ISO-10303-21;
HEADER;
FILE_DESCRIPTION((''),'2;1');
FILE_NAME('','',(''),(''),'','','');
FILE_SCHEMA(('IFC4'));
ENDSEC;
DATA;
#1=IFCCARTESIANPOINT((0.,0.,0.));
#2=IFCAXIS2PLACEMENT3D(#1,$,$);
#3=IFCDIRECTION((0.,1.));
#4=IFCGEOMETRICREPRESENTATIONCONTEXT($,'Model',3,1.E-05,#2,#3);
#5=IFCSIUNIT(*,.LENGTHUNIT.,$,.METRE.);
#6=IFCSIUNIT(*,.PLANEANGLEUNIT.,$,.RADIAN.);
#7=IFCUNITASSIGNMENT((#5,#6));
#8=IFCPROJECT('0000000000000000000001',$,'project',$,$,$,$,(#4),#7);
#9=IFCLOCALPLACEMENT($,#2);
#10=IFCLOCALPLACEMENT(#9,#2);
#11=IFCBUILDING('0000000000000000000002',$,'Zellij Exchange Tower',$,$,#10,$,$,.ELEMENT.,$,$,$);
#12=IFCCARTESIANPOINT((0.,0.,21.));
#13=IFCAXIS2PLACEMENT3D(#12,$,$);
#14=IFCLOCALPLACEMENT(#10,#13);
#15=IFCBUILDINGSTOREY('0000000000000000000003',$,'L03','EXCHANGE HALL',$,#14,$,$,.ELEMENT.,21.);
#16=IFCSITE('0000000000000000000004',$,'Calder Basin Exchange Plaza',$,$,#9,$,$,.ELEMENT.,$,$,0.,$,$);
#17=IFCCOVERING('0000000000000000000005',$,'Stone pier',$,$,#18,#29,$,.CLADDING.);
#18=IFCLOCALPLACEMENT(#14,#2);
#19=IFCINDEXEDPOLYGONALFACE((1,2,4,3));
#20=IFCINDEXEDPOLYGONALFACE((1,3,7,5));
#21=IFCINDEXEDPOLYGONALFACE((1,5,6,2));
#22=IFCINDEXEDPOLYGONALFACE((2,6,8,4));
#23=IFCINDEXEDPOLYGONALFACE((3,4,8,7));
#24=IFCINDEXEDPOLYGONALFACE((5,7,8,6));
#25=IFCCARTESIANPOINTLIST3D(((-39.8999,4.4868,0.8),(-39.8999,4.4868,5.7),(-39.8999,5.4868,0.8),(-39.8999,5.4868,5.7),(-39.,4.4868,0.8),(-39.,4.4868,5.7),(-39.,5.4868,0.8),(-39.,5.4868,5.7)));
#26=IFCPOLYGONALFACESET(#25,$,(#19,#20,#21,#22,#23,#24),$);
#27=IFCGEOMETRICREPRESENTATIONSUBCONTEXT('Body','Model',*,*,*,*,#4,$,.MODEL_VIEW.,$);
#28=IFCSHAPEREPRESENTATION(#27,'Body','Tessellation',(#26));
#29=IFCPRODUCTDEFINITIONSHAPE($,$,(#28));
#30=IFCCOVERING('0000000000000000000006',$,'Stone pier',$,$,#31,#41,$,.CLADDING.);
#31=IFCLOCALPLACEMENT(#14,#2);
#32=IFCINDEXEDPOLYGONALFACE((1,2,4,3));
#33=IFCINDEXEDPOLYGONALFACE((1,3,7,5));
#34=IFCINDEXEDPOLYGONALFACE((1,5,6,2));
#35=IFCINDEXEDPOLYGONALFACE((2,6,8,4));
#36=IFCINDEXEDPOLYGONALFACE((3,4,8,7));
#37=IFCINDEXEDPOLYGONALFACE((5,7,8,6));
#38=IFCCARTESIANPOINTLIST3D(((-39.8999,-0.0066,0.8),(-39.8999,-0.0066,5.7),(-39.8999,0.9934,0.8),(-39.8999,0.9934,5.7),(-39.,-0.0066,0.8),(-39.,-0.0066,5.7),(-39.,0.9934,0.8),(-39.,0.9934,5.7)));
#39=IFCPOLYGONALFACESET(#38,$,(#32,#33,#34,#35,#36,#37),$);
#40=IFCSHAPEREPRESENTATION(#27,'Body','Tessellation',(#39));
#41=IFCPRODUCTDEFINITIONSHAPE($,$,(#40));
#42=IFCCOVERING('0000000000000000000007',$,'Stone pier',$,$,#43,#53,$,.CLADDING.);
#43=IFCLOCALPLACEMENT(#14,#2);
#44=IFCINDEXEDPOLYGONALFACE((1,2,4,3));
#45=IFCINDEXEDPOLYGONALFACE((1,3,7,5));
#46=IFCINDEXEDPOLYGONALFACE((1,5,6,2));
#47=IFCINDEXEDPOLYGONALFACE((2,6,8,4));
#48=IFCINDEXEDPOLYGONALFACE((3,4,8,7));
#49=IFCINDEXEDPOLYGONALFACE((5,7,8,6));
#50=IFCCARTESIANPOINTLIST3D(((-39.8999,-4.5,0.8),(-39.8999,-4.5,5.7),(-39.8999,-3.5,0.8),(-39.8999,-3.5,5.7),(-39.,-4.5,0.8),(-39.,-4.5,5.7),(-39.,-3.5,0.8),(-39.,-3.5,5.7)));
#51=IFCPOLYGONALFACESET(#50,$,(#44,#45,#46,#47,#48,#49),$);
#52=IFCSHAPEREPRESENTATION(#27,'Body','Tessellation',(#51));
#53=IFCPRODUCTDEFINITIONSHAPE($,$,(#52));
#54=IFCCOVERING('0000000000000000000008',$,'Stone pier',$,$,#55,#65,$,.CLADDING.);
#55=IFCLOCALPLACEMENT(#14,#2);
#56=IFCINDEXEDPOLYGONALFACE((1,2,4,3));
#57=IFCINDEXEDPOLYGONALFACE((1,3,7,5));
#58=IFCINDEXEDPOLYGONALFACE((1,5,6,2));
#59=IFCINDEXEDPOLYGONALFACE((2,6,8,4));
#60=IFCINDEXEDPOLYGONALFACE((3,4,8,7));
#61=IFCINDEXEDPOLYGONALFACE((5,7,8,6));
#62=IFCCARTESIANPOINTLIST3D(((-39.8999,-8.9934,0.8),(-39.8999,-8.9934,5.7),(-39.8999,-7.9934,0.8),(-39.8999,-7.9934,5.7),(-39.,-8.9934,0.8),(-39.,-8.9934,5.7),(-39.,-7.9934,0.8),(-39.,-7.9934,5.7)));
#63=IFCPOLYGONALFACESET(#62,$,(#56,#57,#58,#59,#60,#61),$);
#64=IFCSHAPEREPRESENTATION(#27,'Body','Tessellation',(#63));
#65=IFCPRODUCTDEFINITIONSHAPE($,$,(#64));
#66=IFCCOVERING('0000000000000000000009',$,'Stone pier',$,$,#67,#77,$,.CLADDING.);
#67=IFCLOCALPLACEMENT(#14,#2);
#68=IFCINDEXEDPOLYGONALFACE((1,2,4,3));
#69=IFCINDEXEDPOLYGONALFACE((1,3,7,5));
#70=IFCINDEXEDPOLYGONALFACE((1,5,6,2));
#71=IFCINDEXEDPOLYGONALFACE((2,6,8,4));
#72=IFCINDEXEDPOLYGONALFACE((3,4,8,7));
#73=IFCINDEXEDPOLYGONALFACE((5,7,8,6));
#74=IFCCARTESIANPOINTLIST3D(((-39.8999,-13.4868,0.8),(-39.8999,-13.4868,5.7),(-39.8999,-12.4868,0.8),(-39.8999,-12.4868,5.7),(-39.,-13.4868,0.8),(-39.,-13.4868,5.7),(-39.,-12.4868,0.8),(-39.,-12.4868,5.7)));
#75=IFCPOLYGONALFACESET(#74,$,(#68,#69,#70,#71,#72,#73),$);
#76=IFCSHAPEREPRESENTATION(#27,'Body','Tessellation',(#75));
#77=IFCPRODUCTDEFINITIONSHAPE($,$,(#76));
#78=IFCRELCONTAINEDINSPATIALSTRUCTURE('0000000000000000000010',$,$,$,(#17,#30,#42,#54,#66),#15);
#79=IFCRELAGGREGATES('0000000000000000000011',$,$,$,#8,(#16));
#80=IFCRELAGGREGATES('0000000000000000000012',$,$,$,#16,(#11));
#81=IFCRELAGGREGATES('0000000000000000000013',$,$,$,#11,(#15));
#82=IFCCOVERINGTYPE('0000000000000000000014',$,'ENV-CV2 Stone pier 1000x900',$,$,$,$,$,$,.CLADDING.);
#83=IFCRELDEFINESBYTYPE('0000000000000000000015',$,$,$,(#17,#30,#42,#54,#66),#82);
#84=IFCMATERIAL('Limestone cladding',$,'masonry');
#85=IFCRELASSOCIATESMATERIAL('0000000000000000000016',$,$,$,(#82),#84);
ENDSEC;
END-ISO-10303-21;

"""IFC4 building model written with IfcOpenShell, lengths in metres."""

from ifc_helpers import new_model, si_unit, direction, frame, origin, place, context, subcontext, project, spatial, polyline, outline, extrude, material, type_object, element, save


model = new_model("IFC4")

# Units and contexts
model_context = context("Model", 3, precision=1e-05, world=origin(), true_north=direction((0.0, 1.0)))
body_context = subcontext(model_context, "Body", "Model", "MODEL_VIEW")
ifc_project = project(units=[si_unit("LENGTHUNIT", "METRE"), si_unit("PLANEANGLEUNIT", "RADIAN")], contexts=[model_context])

# Site, building, storey
site_placement = place(None, origin())
site = spatial("IfcSite", under=ifc_project, at=site_placement, Name="Calder Basin Exchange Plaza", CompositionType="ELEMENT", RefElevation=0.0)
building_placement = place(site_placement, origin())
building = spatial("IfcBuilding", under=site, at=building_placement, Name="Zellij Exchange Tower", CompositionType="ELEMENT")
storey_placement = place(building_placement, frame((0.0, 0.0, 21.0)))
storey = spatial("IfcBuildingStorey", under=building, at=storey_placement, Name="L03", Description="EXCHANGE HALL", CompositionType="ELEMENT", Elevation=21.0)

# Coverings
ifc_material_1 = material(Name="Limestone cladding", Category="masonry")
covering_type_1 = type_object("IfcCoveringType", Name="ENV-CV2 Stone pier 1000x900", PredefinedType="CLADDING", material=ifc_material_1)
covering_1_placement = place(storey_placement, frame((0.0, 0.0, 0.8)))
element("IfcCovering", 1, at=covering_1_placement, inside=storey, type_object=covering_type_1, Name="Stone pier", PredefinedType="CLADDING", context=body_context, shape_type="SweptSolid", body=[
    extrude(outline(polyline([(-39.0, 5.4868), (-39.0, 4.4868), (-39.8999, 4.4868), (-39.8999, 5.4868), (-39.0, 5.4868)])), origin(), (0.0, 0.0, 1.0), 4.8999),
])
covering_2_placement = place(storey_placement, frame((0.0, 0.0, 0.8)))
element("IfcCovering", 2, at=covering_2_placement, inside=storey, type_object=covering_type_1, Name="Stone pier", PredefinedType="CLADDING", context=body_context, shape_type="SweptSolid", body=[
    extrude(outline(polyline([(-39.0, 0.9934), (-39.0, -0.0066), (-39.8999, -0.0066), (-39.8999, 0.9934), (-39.0, 0.9934)])), origin(), (0.0, 0.0, 1.0), 4.8999),
])
covering_3_placement = place(storey_placement, frame((0.0, 0.0, 0.8)))
element("IfcCovering", 3, at=covering_3_placement, inside=storey, type_object=covering_type_1, Name="Stone pier", PredefinedType="CLADDING", context=body_context, shape_type="SweptSolid", body=[
    extrude(outline(polyline([(-39.0, -3.5), (-39.0, -4.5), (-39.8999, -4.5), (-39.8999, -3.5), (-39.0, -3.5)])), origin(), (0.0, 0.0, 1.0), 4.8999),
])
covering_4_placement = place(storey_placement, frame((0.0, 0.0, 0.8)))
element("IfcCovering", 4, at=covering_4_placement, inside=storey, type_object=covering_type_1, Name="Stone pier", PredefinedType="CLADDING", context=body_context, shape_type="SweptSolid", body=[
    extrude(outline(polyline([(-39.0, -7.9934), (-39.0, -8.9934), (-39.8999, -8.9934), (-39.8999, -7.9934), (-39.0, -7.9934)])), origin(), (0.0, 0.0, 1.0), 4.8999),
])
covering_5_placement = place(storey_placement, frame((0.0, 0.0, 0.8)))
element("IfcCovering", 5, at=covering_5_placement, inside=storey, type_object=covering_type_1, Name="Stone pier", PredefinedType="CLADDING", context=body_context, shape_type="SweptSolid", body=[
    extrude(outline(polyline([(-39.0, -12.4868), (-39.0, -13.4868), (-39.8999, -13.4868), (-39.8999, -12.4868), (-39.0, -12.4868)])), origin(), (0.0, 0.0, 1.0), 4.8999),
])

save(model, "model.ifc")
